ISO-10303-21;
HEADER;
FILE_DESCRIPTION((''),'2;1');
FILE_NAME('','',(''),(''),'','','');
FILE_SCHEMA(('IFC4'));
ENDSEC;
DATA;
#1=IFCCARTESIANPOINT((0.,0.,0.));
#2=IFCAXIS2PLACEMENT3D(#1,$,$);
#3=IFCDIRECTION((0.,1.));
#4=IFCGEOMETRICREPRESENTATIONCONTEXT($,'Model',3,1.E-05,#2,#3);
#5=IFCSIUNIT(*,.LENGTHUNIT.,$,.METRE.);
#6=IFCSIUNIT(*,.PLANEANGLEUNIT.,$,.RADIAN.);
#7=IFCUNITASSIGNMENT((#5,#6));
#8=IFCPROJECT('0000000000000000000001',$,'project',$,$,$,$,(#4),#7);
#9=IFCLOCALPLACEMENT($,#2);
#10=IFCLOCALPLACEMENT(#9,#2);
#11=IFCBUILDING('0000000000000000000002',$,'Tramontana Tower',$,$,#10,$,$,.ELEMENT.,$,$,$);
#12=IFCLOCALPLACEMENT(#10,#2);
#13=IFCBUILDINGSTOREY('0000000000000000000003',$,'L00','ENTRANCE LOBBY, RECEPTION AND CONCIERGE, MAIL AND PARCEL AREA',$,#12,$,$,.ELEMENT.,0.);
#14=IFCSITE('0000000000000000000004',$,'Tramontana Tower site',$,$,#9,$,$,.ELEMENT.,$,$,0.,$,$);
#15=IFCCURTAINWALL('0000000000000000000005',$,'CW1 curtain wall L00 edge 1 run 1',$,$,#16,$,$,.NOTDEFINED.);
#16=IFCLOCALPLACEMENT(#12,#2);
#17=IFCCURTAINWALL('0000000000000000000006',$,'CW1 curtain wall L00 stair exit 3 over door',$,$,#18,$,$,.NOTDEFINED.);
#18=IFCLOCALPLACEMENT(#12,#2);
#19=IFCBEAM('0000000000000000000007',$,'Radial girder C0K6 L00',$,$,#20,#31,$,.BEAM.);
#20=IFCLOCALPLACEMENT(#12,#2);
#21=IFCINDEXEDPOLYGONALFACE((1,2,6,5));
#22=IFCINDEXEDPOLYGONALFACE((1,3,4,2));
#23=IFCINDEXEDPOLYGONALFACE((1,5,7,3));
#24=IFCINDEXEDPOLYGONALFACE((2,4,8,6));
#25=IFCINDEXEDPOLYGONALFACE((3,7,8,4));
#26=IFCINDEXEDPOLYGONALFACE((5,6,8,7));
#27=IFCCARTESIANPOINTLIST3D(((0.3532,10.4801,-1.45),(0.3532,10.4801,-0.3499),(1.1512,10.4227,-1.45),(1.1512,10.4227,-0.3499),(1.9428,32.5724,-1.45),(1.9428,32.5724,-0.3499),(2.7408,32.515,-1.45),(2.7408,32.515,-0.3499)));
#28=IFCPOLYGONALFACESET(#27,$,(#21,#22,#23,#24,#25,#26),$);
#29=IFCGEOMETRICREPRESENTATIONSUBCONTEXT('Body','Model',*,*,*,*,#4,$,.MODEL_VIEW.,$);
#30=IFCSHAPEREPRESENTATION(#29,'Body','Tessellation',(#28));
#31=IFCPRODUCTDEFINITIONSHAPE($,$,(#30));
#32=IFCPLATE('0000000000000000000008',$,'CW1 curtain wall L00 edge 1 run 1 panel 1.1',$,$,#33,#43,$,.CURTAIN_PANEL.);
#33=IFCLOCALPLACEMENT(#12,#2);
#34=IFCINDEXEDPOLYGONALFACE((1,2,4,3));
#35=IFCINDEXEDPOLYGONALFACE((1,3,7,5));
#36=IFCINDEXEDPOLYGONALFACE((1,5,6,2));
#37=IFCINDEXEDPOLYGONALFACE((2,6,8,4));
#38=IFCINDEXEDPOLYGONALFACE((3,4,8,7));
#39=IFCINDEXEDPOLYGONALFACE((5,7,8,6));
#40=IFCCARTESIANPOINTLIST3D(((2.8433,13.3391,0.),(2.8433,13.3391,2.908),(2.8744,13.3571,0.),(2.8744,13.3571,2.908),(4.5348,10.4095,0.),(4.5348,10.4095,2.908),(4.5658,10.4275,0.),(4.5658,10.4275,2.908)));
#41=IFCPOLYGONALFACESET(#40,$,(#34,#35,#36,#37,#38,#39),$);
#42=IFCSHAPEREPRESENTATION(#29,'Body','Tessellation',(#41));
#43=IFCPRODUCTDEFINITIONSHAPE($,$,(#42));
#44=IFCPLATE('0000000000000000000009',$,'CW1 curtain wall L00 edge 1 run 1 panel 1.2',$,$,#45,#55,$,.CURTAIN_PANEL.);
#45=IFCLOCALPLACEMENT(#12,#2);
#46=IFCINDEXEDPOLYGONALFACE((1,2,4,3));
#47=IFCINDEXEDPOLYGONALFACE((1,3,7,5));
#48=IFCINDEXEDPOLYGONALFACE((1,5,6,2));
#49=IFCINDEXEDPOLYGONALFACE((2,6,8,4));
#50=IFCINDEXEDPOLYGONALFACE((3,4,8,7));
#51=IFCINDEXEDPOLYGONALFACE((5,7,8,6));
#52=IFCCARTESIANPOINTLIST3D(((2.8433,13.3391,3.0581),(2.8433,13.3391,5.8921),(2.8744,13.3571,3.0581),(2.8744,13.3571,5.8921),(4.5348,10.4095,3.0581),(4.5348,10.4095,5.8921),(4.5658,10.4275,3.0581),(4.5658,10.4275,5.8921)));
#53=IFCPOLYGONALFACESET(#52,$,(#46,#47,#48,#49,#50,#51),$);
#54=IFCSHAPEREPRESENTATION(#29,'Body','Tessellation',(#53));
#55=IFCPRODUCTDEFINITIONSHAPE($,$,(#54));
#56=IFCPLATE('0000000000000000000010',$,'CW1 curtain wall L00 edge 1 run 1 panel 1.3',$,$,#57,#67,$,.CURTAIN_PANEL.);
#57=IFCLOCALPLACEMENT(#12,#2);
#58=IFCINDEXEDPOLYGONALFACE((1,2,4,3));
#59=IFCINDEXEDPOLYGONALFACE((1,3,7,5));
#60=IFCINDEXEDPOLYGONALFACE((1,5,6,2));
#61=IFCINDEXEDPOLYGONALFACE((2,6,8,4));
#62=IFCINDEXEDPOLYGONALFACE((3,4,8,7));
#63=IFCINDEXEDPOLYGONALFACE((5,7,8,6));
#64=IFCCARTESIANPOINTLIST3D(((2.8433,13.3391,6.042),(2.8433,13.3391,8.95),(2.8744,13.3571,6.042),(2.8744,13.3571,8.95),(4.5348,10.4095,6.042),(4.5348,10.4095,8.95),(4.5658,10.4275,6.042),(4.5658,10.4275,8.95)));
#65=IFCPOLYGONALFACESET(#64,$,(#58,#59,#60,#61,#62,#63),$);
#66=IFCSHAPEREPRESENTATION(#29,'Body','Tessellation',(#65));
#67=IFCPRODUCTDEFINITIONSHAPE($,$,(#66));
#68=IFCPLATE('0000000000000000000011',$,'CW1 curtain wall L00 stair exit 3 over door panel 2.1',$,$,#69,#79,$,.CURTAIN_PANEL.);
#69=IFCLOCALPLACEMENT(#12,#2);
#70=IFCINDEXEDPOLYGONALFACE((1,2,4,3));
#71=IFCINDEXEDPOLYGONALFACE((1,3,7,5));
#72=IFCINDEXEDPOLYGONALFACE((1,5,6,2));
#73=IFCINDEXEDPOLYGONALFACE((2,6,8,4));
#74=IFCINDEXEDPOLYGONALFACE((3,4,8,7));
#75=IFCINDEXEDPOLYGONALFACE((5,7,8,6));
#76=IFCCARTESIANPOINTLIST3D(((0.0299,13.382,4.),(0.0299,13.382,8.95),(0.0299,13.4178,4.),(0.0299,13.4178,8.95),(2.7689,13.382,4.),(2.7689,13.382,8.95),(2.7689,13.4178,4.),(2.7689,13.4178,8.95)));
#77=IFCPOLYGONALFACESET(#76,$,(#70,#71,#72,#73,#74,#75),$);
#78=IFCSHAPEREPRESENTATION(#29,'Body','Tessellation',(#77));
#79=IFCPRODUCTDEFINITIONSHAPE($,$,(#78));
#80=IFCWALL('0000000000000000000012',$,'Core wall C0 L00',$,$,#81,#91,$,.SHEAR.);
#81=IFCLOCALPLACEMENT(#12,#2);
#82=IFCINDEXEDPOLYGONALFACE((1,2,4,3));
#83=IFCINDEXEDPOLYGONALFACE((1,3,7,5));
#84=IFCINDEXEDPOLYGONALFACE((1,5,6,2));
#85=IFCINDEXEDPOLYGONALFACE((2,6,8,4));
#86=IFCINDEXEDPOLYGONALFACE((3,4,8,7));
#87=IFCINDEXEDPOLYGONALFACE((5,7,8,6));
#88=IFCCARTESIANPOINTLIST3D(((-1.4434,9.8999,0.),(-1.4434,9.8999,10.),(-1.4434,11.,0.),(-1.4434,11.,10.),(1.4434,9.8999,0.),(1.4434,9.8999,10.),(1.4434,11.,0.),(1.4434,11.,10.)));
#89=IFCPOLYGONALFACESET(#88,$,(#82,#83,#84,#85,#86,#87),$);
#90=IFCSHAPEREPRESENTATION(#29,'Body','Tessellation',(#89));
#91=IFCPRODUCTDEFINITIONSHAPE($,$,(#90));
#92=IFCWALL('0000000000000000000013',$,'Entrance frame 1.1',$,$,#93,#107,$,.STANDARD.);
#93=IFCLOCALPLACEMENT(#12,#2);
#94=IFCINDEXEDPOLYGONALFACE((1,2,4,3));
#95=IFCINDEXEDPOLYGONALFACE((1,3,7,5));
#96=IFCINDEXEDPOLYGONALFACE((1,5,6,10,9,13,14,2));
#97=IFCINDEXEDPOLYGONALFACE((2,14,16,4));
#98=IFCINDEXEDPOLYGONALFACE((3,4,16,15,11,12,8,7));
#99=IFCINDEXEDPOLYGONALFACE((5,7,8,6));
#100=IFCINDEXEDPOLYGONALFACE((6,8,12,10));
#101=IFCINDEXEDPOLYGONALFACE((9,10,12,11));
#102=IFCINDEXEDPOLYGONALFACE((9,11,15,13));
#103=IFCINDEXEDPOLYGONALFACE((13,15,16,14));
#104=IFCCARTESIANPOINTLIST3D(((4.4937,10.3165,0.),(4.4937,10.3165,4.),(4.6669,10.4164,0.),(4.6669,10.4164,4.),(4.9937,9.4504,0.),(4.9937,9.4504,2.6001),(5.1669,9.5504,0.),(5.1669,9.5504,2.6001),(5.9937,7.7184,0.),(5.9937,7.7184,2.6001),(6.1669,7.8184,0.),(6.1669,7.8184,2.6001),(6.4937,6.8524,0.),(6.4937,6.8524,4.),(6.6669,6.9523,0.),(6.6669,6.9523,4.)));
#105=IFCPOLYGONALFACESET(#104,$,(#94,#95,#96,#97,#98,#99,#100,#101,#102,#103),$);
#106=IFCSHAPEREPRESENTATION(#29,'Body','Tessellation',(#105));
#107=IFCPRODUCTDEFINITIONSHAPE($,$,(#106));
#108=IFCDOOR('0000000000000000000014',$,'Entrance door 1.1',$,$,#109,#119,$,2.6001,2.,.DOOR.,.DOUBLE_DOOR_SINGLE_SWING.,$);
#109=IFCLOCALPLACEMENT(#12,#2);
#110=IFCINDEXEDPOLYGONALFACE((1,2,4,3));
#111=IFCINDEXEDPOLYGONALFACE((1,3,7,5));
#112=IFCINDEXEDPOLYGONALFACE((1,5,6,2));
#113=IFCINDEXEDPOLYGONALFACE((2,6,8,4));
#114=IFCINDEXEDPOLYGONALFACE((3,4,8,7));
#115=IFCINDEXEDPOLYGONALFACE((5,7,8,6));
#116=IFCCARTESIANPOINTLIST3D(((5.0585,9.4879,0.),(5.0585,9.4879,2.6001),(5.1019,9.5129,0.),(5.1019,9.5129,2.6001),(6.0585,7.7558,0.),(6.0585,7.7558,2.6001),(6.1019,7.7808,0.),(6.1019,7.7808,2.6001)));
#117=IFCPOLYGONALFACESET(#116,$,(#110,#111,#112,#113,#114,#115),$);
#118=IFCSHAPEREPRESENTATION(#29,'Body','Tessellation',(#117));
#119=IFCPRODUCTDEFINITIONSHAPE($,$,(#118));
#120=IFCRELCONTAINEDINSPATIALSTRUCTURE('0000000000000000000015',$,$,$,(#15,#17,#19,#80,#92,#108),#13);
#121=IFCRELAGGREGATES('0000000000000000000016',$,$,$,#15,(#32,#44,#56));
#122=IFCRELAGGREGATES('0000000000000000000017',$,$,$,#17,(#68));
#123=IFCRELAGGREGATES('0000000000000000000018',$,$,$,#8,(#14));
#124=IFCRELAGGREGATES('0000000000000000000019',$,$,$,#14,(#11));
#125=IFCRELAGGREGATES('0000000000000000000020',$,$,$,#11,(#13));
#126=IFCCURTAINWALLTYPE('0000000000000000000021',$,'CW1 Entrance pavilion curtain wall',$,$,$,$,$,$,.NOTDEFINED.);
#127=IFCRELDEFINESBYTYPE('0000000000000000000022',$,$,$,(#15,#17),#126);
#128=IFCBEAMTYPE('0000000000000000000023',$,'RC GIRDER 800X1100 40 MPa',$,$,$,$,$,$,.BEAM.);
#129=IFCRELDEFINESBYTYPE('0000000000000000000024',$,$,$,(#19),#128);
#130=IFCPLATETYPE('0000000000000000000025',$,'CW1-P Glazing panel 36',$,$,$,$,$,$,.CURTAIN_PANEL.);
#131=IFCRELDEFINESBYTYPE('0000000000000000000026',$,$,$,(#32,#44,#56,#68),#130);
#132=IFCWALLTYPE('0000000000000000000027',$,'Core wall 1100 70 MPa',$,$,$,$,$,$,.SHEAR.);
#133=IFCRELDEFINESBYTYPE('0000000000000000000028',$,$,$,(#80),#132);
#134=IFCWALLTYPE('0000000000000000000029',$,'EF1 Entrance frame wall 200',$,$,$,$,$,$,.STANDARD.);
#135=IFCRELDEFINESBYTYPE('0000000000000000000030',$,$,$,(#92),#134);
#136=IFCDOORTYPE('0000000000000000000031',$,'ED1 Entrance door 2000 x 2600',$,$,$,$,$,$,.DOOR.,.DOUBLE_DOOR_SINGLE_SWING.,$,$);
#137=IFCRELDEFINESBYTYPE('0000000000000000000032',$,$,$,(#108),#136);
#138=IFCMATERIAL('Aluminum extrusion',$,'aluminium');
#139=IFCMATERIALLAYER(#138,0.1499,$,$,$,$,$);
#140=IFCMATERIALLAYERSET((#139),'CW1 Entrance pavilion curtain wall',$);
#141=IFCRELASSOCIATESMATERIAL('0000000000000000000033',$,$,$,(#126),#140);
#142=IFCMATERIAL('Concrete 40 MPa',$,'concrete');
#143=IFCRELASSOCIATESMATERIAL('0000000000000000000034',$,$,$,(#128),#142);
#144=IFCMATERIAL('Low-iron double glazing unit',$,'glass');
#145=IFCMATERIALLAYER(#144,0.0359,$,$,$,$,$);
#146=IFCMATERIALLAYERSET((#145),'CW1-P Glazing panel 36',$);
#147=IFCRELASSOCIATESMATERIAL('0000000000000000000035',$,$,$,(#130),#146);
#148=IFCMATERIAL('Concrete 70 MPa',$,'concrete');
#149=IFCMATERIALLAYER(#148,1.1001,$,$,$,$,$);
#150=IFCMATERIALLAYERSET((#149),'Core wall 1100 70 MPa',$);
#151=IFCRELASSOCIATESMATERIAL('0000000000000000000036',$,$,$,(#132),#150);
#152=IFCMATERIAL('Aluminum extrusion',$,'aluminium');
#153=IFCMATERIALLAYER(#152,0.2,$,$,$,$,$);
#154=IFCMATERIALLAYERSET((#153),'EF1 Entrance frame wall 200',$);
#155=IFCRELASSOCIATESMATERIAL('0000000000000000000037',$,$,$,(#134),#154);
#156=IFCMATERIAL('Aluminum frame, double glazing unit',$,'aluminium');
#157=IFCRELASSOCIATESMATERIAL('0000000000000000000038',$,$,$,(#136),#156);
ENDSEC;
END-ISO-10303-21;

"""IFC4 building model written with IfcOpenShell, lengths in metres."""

from ifc_helpers import new_model, si_unit, direction, frame, frame_2d, origin, origin_2d, place, context, subcontext, project, spatial, rectangle, extrude, material, layer, layer_set, material_profile, profile_set, type_object, element, fill, aggregate, save


model = new_model("IFC4")

# Units and contexts
model_context = context("Model", 3, precision=1e-05, world=origin(), true_north=direction((0.0, 1.0)))
body_context = subcontext(model_context, "Body", "Model", "MODEL_VIEW")
ifc_project = project(units=[si_unit("LENGTHUNIT", "METRE"), si_unit("PLANEANGLEUNIT", "RADIAN")], contexts=[model_context])

# Site, building, storey
site_placement = place(None, origin())
site = spatial("IfcSite", under=ifc_project, at=site_placement, Name="Tramontana Tower site", CompositionType="ELEMENT", RefElevation=0.0)
building_placement = place(site_placement, origin())
building = spatial("IfcBuilding", under=site, at=building_placement, Name="Tramontana Tower", CompositionType="ELEMENT")
storey_placement = place(building_placement, origin())
storey = spatial("IfcBuildingStorey", under=building, at=storey_placement, Name="L00", Description="ENTRANCE LOBBY, RECEPTION AND CONCIERGE, MAIL AND PARCEL AREA", CompositionType="ELEMENT", Elevation=0.0)

# Curtain walls
ifc_material_1 = material(Name="Aluminum extrusion", Category="aluminium")
ifc_layer_1 = layer(ifc_material_1, 0.1499)
ifc_layer_set_1 = layer_set([ifc_layer_1], Name="CW1 Entrance pavilion curtain wall")
curtain_wall_type = type_object("IfcCurtainWallType", Name="CW1 Entrance pavilion curtain wall", PredefinedType="NOTDEFINED", material=ifc_layer_set_1)
curtain_wall_1_placement = place(storey_placement, origin())
curtain_wall_1 = element("IfcCurtainWall", 1, at=curtain_wall_1_placement, inside=storey, type_object=curtain_wall_type, Name="CW1 curtain wall L00 edge 1 run 1", PredefinedType="NOTDEFINED")
curtain_wall_2_placement = place(storey_placement, origin())
curtain_wall_2 = element("IfcCurtainWall", 2, at=curtain_wall_2_placement, inside=storey, type_object=curtain_wall_type, Name="CW1 curtain wall L00 stair exit 3 over door", PredefinedType="NOTDEFINED")

# Beam
ifc_material_2 = material(Name="Concrete 40 MPa", Category="concrete")
ifc_material_profile_1 = material_profile(ifc_material_2, rectangle(XDim=0.8, YDim=1.1001, at=origin_2d()), Name="RC GIRDER 800X1100 40 MPa")
ifc_profile_set_1 = profile_set([ifc_material_profile_1], Name="Concrete 40 MPa")
beam_type_1 = type_object("IfcBeamType", Name="RC GIRDER 800X1100 40 MPa", PredefinedType="BEAM", material=ifc_profile_set_1)
beam_1_placement = place(storey_placement, frame((2.3418, 32.5437, -0.8999), z_axis=(-0.071767, -0.997421, 0.0), x_axis=(0.997421, -0.071767, 0.0)))
element("IfcBeam", 3, at=beam_1_placement, inside=storey, type_object=beam_type_1, Name="Radial girder C0K6 L00", PredefinedType="BEAM", context=body_context, shape_type="SweptSolid", body=[
    extrude(rectangle(XDim=0.8, YDim=1.1001, at=origin_2d()), origin(), (0.0, 0.0, 1.0), 22.1494),
])

# Plates
ifc_material_3 = material(Name="Low-iron double glazing unit", Category="glass")
ifc_layer_2 = layer(ifc_material_3, 0.0359)
ifc_layer_set_2 = layer_set([ifc_layer_2], Name="CW1-P Glazing panel 36")
plate_type = type_object("IfcPlateType", Name="CW1-P Glazing panel 36", PredefinedType="CURTAIN_PANEL", material=ifc_layer_set_2)
plate_1_placement = place(storey_placement, frame((3.7046, 11.8833, 0.0), z_axis=(0.0, 0.0, 1.0), x_axis=(0.5, -0.866025, 0.0)))
plate_1 = element("IfcPlate", 4, at=plate_1_placement, type_object=plate_type, Name="CW1 curtain wall L00 edge 1 run 1 panel 1.1", PredefinedType="CURTAIN_PANEL", context=body_context, shape_type="SweptSolid", body=[
    extrude(rectangle(XDim=3.3828, YDim=0.0359, at=origin_2d()), origin(), (0.0, 0.0, 1.0), 2.908),
])
plate_2_placement = place(storey_placement, frame((3.7046, 11.8833, 3.0581), z_axis=(0.0, 0.0, 1.0), x_axis=(0.5, -0.866025, 0.0)))
plate_2 = element("IfcPlate", 5, at=plate_2_placement, type_object=plate_type, Name="CW1 curtain wall L00 edge 1 run 1 panel 1.2", PredefinedType="CURTAIN_PANEL", context=body_context, shape_type="SweptSolid", body=[
    extrude(rectangle(XDim=3.3828, YDim=0.0359, at=origin_2d()), origin(), (0.0, 0.0, 1.0), 2.834),
])
plate_3_placement = place(storey_placement, frame((3.7046, 11.8833, 6.042), z_axis=(0.0, 0.0, 1.0), x_axis=(0.5, -0.866025, 0.0)))
plate_3 = element("IfcPlate", 6, at=plate_3_placement, type_object=plate_type, Name="CW1 curtain wall L00 edge 1 run 1 panel 1.3", PredefinedType="CURTAIN_PANEL", context=body_context, shape_type="SweptSolid", body=[
    extrude(rectangle(XDim=3.3828, YDim=0.0359, at=origin_2d()), origin(), (0.0, 0.0, 1.0), 2.908),
])
aggregate(curtain_wall_1, [plate_1, plate_2, plate_3])
plate_4_placement = place(storey_placement, frame((1.3994, 13.3999, 4.0), z_axis=(0.0, 0.0, 1.0), x_axis=(1.0, 0.0, 0.0)))
plate_4 = element("IfcPlate", 7, at=plate_4_placement, type_object=plate_type, Name="CW1 curtain wall L00 stair exit 3 over door panel 2.1", PredefinedType="CURTAIN_PANEL", context=body_context, shape_type="SweptSolid", body=[
    extrude(rectangle(XDim=2.739, YDim=0.0359, at=origin_2d()), origin(), (0.0, 0.0, 1.0), 4.95),
])
aggregate(curtain_wall_2, [plate_4])

# Wall
ifc_material_4 = material(Name="Concrete 70 MPa", Category="concrete")
ifc_layer_3 = layer(ifc_material_4, 1.1001)
ifc_layer_set_3 = layer_set([ifc_layer_3], Name="Core wall 1100 70 MPa")
wall_type_1 = type_object("IfcWallType", Name="Core wall 1100 70 MPa", PredefinedType="SHEAR", material=ifc_layer_set_3)
wall_1_placement = place(storey_placement, frame((1.4434, 10.45, 0.0), z_axis=(0.0, 0.0, 1.0), x_axis=(-1.0, 0.0, 0.0)))
element("IfcWall", 8, at=wall_1_placement, inside=storey, type_object=wall_type_1, Name="Core wall C0 L00", PredefinedType="SHEAR", context=body_context, shape_type="SweptSolid", body=[
    extrude(rectangle(XDim=2.8867, YDim=1.1001, at=frame_2d((1.4434, 0.0))), origin(), (0.0, 0.0, 1.0), 10.0),
])

# Wall, opening, door
ifc_material_5 = material(Name="Aluminum extrusion", Category="aluminium")
ifc_layer_4 = layer(ifc_material_5, 0.2)
ifc_layer_set_4 = layer_set([ifc_layer_4], Name="EF1 Entrance frame wall 200")
wall_type_2 = type_object("IfcWallType", Name="EF1 Entrance frame wall 200", PredefinedType="STANDARD", material=ifc_layer_set_4)
wall_2_placement = place(storey_placement, frame((4.5803, 10.3665, 0.0), z_axis=(0.0, 0.0, 1.0), x_axis=(0.499999, -0.866026, 0.0)))
wall_2 = element("IfcWall", 9, at=wall_2_placement, inside=storey, type_object=wall_type_2, Name="Entrance frame 1.1", PredefinedType="STANDARD", context=body_context, shape_type="SweptSolid", body=[
    extrude(rectangle(XDim=4.0, YDim=0.2, at=frame_2d((2.0, 0.0))), origin(), (0.0, 0.0, 1.0), 4.0),
])
opening_placement = place(wall_2_placement, frame((1.0, 0.0, 0.0)))
opening = element("IfcOpeningElement", 10, at=opening_placement, cuts=wall_2, PredefinedType="OPENING", context=body_context, shape_type="SweptSolid", body=[
    extrude(rectangle(XDim=2.0, YDim=2.6001, at=frame_2d((1.0, 1.3))), frame((0.0, 0.1099, 0.0), z_axis=(0.0, -1.0, 0.0), x_axis=(1.0, 0.0, 0.0)), (0.0, 0.0, 1.0), 0.22),
])
ifc_material_6 = material(Name="Aluminum frame, double glazing unit", Category="aluminium")
door_type = type_object("IfcDoorType", Name="ED1 Entrance door 2000 x 2600", OperationType="DOUBLE_DOOR_SINGLE_SWING", PredefinedType="DOOR", material=ifc_material_6)
door_placement = place(opening_placement, origin())
door = element("IfcDoor", 11, at=door_placement, inside=storey, type_object=door_type, Name="Entrance door 1.1", OperationType="DOUBLE_DOOR_SINGLE_SWING", OverallHeight=2.6001, OverallWidth=2.0, PredefinedType="DOOR", context=body_context, shape_type="SweptSolid", body=[
    extrude(rectangle(XDim=2.0, YDim=2.6001, at=frame_2d((1.0, 1.3))), frame((0.0, 0.0249, 0.0), z_axis=(0.0, -1.0, 0.0), x_axis=(1.0, 0.0, 0.0)), (0.0, 0.0, 1.0), 0.05),
])
fill(opening, door)

save(model, "model.ifc")
